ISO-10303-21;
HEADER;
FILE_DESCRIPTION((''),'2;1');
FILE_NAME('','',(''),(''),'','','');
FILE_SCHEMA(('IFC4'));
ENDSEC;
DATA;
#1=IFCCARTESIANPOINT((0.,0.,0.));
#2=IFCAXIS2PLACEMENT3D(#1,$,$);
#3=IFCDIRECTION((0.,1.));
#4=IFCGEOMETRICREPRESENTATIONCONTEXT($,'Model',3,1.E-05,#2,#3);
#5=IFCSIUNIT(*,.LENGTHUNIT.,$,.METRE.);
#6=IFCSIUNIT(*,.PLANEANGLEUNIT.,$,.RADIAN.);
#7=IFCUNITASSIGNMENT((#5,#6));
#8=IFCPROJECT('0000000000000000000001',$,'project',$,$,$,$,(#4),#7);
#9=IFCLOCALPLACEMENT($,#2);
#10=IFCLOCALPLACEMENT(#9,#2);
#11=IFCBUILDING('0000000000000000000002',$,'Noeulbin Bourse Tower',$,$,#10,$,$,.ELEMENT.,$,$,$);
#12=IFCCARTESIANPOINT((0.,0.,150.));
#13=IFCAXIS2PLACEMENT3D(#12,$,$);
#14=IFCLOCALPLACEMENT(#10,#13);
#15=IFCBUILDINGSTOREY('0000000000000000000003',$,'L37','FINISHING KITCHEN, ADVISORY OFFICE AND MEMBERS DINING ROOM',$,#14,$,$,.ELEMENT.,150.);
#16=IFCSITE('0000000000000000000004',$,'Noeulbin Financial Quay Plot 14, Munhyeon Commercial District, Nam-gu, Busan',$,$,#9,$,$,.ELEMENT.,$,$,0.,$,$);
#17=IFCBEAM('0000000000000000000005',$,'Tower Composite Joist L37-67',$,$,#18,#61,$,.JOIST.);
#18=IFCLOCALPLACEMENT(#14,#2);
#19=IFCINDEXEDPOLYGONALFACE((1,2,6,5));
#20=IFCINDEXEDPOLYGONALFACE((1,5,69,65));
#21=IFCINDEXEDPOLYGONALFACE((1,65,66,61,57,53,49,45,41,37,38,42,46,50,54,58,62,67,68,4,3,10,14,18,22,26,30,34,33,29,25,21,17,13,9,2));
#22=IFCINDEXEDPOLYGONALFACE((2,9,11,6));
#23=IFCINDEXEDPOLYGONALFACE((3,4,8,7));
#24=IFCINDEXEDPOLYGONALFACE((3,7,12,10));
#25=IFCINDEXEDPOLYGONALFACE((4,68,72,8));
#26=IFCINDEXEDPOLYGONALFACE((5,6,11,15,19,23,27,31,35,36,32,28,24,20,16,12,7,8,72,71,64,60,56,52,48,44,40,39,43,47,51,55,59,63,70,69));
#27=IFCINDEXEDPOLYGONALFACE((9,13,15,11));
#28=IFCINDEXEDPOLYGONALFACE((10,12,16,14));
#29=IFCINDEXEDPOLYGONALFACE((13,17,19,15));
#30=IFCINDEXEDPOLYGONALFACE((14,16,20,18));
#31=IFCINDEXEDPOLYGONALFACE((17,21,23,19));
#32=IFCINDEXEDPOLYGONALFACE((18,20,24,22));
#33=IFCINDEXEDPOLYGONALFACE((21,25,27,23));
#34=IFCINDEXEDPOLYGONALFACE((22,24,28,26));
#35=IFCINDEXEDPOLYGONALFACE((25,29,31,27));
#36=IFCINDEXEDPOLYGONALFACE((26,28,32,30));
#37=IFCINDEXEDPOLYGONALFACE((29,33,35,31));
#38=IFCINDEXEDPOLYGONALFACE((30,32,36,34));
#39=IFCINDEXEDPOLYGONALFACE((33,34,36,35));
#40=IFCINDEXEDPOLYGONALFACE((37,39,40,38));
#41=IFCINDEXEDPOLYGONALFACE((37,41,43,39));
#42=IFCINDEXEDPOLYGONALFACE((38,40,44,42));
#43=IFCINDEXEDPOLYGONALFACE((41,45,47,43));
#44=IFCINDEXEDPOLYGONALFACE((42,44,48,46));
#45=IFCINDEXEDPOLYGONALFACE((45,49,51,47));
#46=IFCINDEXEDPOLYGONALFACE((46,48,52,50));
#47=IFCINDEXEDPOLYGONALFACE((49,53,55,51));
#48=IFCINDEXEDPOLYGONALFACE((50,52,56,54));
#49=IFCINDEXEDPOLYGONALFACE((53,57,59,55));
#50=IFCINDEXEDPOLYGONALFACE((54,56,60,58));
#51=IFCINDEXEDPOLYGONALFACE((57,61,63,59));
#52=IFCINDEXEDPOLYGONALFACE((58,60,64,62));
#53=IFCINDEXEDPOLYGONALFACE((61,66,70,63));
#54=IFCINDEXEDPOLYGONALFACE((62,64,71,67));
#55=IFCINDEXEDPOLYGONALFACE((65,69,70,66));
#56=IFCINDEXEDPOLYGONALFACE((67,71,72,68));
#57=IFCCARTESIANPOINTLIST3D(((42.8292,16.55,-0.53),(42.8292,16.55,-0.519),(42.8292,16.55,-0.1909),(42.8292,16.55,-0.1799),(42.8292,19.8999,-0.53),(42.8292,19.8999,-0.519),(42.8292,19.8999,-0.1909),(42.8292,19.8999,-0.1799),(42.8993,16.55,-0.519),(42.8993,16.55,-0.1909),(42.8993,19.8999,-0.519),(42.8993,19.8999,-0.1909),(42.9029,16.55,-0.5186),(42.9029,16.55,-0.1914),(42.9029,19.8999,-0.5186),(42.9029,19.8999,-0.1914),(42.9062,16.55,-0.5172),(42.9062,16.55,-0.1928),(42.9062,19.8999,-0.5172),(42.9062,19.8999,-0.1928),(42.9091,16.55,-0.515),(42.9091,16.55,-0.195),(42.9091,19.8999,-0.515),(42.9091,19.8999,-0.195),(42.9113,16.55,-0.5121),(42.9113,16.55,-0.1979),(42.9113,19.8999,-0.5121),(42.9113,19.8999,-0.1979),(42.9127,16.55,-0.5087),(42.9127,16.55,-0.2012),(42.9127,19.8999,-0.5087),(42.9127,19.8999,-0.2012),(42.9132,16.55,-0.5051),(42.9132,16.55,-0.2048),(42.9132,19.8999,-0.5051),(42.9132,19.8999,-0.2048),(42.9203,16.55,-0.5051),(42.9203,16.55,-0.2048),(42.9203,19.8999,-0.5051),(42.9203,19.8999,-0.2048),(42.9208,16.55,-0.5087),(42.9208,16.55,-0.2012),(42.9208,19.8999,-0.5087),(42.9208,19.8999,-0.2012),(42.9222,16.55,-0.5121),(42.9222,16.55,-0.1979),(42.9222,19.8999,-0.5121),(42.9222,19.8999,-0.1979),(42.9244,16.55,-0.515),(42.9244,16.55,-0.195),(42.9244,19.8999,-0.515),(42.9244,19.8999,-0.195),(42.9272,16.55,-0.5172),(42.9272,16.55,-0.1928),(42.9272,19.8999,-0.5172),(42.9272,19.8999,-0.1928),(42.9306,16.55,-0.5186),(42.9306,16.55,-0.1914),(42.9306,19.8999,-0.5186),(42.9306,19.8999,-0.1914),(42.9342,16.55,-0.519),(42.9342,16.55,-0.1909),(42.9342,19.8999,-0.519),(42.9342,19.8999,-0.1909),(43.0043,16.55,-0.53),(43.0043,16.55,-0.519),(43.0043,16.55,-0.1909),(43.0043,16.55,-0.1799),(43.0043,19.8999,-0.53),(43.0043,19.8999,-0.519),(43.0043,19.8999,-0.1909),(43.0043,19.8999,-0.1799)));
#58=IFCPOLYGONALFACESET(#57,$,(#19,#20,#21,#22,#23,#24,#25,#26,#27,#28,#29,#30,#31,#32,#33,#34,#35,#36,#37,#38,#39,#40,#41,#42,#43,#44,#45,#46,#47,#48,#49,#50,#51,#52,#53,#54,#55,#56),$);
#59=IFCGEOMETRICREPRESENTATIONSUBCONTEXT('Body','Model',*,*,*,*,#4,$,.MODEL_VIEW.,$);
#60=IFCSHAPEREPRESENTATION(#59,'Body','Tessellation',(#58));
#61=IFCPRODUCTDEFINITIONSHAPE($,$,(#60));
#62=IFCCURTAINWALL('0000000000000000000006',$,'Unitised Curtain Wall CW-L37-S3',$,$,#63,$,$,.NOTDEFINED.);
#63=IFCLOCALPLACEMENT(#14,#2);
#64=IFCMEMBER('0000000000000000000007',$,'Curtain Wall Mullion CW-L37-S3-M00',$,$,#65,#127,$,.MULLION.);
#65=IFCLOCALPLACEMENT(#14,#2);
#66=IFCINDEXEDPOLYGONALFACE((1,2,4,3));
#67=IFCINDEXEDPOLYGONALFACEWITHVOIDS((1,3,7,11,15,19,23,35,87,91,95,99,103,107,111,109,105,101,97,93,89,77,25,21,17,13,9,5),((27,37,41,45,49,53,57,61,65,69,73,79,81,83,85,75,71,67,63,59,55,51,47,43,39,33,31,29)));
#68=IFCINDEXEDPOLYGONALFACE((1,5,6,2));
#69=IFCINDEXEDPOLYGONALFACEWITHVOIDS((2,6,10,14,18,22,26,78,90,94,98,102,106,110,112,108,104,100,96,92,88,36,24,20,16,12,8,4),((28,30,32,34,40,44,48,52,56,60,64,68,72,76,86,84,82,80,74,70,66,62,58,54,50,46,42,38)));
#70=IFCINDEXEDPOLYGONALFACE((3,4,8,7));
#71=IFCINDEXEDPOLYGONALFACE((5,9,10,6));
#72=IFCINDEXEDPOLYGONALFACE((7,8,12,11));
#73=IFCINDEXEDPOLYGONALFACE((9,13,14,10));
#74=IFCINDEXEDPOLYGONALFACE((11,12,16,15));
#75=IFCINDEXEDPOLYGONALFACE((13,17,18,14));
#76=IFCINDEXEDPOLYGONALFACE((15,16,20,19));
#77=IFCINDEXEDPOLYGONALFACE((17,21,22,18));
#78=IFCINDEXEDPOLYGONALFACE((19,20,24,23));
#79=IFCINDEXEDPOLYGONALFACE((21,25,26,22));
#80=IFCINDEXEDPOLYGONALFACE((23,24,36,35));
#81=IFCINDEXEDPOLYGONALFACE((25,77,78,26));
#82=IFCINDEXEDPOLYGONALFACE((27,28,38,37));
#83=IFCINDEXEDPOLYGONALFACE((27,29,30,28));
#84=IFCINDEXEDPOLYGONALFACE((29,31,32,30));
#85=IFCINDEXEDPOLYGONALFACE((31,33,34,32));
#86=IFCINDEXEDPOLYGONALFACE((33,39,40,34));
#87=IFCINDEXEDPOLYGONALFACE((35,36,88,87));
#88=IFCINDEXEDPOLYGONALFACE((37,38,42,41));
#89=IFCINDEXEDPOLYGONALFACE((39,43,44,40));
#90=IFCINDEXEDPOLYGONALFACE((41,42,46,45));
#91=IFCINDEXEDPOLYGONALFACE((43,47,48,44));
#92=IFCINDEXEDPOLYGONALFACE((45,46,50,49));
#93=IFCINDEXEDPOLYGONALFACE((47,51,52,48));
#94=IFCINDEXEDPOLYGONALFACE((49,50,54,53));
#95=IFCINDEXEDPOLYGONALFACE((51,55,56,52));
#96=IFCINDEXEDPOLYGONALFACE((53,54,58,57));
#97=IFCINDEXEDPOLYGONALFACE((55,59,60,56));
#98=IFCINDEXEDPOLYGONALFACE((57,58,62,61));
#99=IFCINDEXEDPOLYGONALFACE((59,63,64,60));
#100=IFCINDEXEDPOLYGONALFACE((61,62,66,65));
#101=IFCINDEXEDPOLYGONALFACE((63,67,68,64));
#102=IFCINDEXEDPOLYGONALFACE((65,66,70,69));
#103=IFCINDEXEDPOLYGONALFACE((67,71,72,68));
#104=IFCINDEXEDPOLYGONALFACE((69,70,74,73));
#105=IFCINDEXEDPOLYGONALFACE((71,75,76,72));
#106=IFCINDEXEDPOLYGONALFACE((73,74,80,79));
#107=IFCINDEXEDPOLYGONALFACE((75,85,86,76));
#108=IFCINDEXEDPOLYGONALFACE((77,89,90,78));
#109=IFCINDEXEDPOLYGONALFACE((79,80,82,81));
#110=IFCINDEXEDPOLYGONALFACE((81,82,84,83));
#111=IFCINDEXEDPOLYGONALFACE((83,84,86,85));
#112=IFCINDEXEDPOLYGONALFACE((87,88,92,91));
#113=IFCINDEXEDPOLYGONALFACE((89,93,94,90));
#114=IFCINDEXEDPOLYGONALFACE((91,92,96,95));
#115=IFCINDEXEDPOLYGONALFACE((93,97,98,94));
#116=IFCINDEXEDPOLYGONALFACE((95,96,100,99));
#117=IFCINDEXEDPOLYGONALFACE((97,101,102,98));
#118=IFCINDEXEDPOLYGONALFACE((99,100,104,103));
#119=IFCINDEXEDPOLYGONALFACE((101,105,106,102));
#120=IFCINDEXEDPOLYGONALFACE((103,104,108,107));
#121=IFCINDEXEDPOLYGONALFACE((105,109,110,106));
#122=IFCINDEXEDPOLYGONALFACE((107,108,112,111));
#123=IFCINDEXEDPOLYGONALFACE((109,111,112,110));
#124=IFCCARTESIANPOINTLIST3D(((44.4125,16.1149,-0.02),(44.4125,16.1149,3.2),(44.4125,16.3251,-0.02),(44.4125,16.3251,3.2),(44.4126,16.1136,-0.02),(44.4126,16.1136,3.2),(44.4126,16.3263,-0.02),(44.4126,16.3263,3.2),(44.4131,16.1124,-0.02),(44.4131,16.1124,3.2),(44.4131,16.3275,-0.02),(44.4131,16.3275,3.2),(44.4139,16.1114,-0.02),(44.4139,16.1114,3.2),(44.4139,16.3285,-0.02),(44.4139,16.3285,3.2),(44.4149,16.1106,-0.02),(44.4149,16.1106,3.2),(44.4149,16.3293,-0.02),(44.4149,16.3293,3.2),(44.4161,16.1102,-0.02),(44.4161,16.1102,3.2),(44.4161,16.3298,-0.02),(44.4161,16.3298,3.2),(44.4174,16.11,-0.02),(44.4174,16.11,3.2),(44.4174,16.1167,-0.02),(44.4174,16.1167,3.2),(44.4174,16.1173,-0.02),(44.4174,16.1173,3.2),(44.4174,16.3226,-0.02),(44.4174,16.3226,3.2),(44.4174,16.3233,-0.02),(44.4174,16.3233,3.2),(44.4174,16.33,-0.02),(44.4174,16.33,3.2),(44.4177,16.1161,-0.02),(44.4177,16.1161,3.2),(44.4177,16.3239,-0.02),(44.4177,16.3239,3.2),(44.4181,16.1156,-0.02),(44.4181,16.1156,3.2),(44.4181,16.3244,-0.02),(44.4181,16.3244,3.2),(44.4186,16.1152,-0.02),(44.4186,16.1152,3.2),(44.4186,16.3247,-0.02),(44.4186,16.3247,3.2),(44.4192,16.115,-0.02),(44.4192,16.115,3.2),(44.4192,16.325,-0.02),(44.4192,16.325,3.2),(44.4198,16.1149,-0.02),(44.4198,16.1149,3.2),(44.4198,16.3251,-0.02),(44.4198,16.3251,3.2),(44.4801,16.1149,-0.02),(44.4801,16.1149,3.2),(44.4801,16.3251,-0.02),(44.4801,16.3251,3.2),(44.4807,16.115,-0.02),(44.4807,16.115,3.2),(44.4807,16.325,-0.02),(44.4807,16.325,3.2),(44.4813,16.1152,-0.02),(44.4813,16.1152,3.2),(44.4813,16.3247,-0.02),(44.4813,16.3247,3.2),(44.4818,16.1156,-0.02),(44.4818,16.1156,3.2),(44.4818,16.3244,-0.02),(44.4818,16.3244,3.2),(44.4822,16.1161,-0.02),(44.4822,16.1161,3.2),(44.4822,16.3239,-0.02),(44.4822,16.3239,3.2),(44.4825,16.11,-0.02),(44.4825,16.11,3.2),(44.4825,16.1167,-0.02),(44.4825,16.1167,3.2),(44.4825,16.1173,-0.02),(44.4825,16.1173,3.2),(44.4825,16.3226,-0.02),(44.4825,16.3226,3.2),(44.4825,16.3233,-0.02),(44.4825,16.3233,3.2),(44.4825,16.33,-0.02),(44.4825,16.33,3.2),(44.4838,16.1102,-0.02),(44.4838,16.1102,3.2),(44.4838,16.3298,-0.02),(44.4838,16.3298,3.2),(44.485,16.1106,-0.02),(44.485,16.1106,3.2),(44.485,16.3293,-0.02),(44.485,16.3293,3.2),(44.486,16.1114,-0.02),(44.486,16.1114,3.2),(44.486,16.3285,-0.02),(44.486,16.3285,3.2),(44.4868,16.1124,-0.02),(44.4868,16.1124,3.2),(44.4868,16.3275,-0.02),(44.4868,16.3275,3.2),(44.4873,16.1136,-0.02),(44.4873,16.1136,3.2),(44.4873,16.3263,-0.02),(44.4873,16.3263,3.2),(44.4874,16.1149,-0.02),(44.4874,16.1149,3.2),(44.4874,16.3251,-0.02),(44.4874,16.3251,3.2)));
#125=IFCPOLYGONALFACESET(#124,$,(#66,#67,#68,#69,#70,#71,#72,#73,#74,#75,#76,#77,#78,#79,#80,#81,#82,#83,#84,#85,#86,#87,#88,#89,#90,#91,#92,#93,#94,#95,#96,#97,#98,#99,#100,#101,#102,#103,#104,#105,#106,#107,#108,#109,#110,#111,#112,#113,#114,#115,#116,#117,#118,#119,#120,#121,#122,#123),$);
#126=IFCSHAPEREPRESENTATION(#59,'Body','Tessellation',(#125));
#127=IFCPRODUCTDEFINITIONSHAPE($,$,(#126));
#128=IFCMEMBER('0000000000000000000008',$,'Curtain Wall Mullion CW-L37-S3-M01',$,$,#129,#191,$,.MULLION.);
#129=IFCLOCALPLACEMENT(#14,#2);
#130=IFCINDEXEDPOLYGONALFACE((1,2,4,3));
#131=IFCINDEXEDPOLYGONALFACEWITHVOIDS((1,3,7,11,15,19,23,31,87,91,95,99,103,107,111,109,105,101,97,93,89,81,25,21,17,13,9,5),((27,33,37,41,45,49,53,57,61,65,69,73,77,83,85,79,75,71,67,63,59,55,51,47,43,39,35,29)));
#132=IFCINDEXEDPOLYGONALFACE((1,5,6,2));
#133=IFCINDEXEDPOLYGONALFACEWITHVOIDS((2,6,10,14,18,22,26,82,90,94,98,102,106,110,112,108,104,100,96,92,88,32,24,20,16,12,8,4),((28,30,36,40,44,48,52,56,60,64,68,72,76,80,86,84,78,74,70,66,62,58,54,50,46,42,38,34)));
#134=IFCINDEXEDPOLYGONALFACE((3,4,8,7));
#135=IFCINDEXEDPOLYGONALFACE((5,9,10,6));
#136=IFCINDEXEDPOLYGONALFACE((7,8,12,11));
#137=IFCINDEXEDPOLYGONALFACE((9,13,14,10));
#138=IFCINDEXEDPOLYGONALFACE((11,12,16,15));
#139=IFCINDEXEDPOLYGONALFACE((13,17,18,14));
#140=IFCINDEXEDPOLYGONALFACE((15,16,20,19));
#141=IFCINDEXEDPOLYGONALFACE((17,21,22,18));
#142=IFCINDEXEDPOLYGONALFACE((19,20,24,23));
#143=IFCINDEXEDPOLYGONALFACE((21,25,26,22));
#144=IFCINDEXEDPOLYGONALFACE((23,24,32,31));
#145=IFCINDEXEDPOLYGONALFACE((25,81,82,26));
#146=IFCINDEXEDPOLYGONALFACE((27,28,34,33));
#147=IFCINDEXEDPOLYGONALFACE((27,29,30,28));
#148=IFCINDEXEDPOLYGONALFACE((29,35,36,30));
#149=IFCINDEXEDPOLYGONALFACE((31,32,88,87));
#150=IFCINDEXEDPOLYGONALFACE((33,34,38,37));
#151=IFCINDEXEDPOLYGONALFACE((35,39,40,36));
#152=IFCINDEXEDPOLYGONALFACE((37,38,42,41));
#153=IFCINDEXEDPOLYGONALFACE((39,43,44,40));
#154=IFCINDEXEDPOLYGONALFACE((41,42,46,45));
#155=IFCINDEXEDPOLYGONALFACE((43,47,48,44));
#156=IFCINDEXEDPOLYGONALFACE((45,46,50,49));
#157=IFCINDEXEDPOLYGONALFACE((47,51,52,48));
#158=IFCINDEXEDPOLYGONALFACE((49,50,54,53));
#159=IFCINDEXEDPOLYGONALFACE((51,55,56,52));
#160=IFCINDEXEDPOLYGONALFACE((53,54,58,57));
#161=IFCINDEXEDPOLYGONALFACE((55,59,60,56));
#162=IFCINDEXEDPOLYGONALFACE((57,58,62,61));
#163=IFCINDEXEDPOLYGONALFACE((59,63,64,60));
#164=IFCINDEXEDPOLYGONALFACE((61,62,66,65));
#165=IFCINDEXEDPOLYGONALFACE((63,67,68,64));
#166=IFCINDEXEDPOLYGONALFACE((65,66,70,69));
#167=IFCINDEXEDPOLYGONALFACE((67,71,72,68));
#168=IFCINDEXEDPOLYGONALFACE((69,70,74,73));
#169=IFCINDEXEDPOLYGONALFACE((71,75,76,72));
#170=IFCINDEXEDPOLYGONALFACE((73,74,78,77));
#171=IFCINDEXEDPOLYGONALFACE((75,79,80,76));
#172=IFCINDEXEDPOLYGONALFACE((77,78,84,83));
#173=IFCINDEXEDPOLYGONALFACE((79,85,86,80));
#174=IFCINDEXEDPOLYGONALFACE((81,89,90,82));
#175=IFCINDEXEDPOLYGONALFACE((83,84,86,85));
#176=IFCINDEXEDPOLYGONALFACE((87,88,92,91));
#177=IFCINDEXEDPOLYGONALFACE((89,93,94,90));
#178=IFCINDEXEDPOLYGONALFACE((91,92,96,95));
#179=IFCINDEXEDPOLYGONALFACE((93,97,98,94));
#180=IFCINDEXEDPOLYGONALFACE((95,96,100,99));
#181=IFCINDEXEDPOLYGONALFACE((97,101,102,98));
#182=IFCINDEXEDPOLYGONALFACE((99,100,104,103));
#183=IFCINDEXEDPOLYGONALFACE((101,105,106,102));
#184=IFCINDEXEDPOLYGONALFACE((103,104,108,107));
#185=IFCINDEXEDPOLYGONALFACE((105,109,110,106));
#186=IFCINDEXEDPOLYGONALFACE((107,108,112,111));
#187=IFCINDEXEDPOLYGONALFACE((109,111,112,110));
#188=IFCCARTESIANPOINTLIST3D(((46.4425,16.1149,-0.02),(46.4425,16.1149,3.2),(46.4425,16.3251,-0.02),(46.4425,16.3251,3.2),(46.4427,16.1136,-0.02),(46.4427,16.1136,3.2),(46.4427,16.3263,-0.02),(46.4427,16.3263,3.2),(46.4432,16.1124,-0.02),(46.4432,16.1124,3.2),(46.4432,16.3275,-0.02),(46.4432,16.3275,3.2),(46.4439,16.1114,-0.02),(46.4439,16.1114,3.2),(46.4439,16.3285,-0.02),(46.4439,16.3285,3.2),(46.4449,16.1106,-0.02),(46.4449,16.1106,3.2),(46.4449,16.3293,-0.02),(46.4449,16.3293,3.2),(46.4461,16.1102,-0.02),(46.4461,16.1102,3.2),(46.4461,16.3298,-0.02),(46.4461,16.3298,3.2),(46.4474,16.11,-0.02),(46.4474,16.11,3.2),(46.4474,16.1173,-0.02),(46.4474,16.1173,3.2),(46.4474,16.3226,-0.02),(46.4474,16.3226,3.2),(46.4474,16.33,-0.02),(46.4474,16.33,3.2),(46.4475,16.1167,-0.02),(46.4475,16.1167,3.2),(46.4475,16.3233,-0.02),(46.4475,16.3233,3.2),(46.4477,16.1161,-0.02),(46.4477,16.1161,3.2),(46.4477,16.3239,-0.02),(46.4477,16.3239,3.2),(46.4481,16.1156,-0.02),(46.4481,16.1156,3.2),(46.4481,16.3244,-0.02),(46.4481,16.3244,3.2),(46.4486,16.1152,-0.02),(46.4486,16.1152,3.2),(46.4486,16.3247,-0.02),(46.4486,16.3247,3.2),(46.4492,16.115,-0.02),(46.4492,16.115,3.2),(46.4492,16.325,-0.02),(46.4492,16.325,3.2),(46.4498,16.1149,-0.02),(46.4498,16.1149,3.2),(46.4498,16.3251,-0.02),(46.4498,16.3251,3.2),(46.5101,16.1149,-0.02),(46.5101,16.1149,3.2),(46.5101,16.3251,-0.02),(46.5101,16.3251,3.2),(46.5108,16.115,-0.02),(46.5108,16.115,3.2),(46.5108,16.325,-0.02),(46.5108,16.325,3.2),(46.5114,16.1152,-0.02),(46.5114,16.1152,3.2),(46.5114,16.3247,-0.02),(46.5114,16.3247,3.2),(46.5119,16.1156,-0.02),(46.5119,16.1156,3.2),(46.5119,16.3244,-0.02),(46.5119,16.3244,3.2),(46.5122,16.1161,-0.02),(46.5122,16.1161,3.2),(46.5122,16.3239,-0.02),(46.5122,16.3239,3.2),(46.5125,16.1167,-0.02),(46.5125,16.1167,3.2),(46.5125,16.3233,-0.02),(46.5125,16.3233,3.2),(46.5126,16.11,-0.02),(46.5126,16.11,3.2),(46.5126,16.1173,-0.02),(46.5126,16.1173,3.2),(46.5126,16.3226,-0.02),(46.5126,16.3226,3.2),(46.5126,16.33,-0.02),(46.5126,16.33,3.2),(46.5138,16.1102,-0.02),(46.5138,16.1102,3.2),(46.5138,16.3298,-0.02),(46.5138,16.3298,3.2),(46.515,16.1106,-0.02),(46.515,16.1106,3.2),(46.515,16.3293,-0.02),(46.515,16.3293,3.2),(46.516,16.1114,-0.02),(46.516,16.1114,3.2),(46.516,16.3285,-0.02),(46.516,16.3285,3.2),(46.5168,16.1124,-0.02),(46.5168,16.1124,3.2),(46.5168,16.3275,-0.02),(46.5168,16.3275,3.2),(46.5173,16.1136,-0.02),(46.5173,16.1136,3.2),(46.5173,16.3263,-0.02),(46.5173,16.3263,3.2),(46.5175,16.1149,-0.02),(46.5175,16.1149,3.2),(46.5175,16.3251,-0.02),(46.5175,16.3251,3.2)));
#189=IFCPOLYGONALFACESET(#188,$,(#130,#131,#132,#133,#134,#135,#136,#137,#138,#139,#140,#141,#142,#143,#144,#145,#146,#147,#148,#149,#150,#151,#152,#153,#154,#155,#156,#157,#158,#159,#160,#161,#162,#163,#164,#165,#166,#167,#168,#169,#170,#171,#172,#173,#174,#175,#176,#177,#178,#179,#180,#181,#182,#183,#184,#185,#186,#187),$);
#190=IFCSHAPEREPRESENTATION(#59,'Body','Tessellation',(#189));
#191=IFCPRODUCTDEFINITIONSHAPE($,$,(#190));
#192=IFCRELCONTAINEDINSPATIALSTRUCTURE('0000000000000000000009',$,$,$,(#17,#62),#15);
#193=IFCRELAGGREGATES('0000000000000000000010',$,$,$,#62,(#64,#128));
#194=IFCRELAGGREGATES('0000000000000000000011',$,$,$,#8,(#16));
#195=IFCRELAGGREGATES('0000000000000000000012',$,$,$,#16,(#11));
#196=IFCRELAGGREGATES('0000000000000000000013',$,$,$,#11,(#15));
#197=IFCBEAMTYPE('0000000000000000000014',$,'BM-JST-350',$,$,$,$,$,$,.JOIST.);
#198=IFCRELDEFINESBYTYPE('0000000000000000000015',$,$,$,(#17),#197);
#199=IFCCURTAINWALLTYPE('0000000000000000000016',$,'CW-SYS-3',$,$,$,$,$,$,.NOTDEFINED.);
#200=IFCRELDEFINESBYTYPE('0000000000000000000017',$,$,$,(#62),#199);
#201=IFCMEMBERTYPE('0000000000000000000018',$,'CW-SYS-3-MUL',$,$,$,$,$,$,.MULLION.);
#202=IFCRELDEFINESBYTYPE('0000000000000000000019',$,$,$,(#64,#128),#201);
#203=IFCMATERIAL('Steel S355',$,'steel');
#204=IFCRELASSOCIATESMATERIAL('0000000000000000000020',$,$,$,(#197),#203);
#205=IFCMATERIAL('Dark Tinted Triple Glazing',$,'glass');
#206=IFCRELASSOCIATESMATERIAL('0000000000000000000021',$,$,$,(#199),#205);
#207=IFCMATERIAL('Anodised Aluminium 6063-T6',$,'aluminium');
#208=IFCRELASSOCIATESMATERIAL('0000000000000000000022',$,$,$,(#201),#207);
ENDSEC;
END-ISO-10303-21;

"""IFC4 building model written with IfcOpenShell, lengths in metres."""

from ifc_helpers import new_model, si_unit, direction, frame, origin, origin_2d, place, context, subcontext, project, spatial, hollow_rectangle, i_section, extrude, material, material_profile, profile_set, type_object, element, aggregate, save


model = new_model("IFC4")

# Units and contexts
model_context = context("Model", 3, precision=1e-05, world=origin(), true_north=direction((0.0, 1.0)))
body_context = subcontext(model_context, "Body", "Model", "MODEL_VIEW")
ifc_project = project(units=[si_unit("LENGTHUNIT", "METRE"), si_unit("PLANEANGLEUNIT", "RADIAN")], contexts=[model_context])

# Site, building, storey
site_placement = place(None, origin())
site = spatial("IfcSite", under=ifc_project, at=site_placement, Name="Noeulbin Financial Quay Plot 14, Munhyeon Commercial District, Nam-gu, Busan", CompositionType="ELEMENT", RefElevation=0.0)
building_placement = place(site_placement, origin())
building = spatial("IfcBuilding", under=site, at=building_placement, Name="Noeulbin Bourse Tower", CompositionType="ELEMENT")
storey_placement = place(building_placement, frame((0.0, 0.0, 150.0)))
storey = spatial("IfcBuildingStorey", under=building, at=storey_placement, Name="L37", Description="FINISHING KITCHEN, ADVISORY OFFICE AND MEMBERS DINING ROOM", CompositionType="ELEMENT", Elevation=150.0)

# Shared definitions
ifc_material_1 = material(Name="Steel S355", Category="steel")

# Beam
ifc_material_profile_1 = material_profile(ifc_material_1, i_section(OverallWidth=0.175, OverallDepth=0.3501, WebThickness=0.0071, FlangeThickness=0.011, FilletRadius=0.0139, at=origin_2d()), Name="H-350x175x7x11", Category="LoadBearing")
ifc_profile_set_1 = profile_set([ifc_material_profile_1], Name="Steel S355")
beam_type_1 = type_object("IfcBeamType", Name="BM-JST-350", PredefinedType="JOIST", material=ifc_profile_set_1)
for number, where, z_axis, x_axis, name in (
    (1, (42.9167, 16.55, -0.355), (0.0, 1.0, 0.0), (-1.0, 0.0, 0.0), "Tower Composite Joist L37-67"),
):
    element("IfcBeam", number, at=place(storey_placement, frame(where, z_axis=z_axis, x_axis=x_axis)), inside=storey, type_object=beam_type_1, Name=name, PredefinedType="JOIST", context=body_context, shape_type="SweptSolid", body=[
        extrude(i_section(OverallWidth=0.175, OverallDepth=0.3501, WebThickness=0.0071, FlangeThickness=0.011, FilletRadius=0.0139, at=origin_2d()), origin(), (0.0, 0.0, 1.0), 3.3499),
    ])

# Curtain wall, members
ifc_material_2 = material(Name="Dark Tinted Triple Glazing", Category="glass")
curtain_wall_type = type_object("IfcCurtainWallType", Name="CW-SYS-3", PredefinedType="NOTDEFINED", material=ifc_material_2)
curtain_wall_placement = place(storey_placement, origin())
curtain_wall = element("IfcCurtainWall", 2, at=curtain_wall_placement, inside=storey, type_object=curtain_wall_type, Name="Unitised Curtain Wall CW-L37-S3", PredefinedType="NOTDEFINED")
ifc_material_3 = material(Name="Anodised Aluminium 6063-T6", Category="aluminium")
ifc_material_profile_2 = material_profile(ifc_material_3, hollow_rectangle(XDim=0.075, YDim=0.22, WallThickness=0.0049, InnerFilletRadius=0.0024, OuterFilletRadius=0.0049, at=origin_2d()), Name="ALU-MULL-75x220x5", Category="LoadBearing")
ifc_profile_set_2 = profile_set([ifc_material_profile_2], Name="Anodised Aluminium 6063-T6")
member_type_1 = type_object("IfcMemberType", Name="CW-SYS-3-MUL", PredefinedType="MULLION", material=ifc_profile_set_2)
member_1_placement = place(storey_placement, frame((44.45, 16.22, -0.02), z_axis=(0.0, 0.0, 1.0), x_axis=(1.0, 0.0, 0.0)))
member_1 = element("IfcMember", 3, at=member_1_placement, type_object=member_type_1, Name="Curtain Wall Mullion CW-L37-S3-M00", PredefinedType="MULLION", context=body_context, shape_type="SweptSolid", body=[
    extrude(hollow_rectangle(XDim=0.075, YDim=0.22, WallThickness=0.0049, InnerFilletRadius=0.0024, OuterFilletRadius=0.0049, at=origin_2d()), origin(), (0.0, 0.0, 1.0), 3.22),
])
member_2_placement = place(storey_placement, frame((46.48, 16.22, -0.02), z_axis=(0.0, 0.0, 1.0), x_axis=(1.0, 0.0, 0.0)))
member_2 = element("IfcMember", 4, at=member_2_placement, type_object=member_type_1, Name="Curtain Wall Mullion CW-L37-S3-M01", PredefinedType="MULLION", context=body_context, shape_type="SweptSolid", body=[
    extrude(hollow_rectangle(XDim=0.075, YDim=0.22, WallThickness=0.0049, InnerFilletRadius=0.0024, OuterFilletRadius=0.0049, at=origin_2d()), origin(), (0.0, 0.0, 1.0), 3.22),
])
aggregate(curtain_wall, [member_1, member_2])

save(model, "model.ifc")
